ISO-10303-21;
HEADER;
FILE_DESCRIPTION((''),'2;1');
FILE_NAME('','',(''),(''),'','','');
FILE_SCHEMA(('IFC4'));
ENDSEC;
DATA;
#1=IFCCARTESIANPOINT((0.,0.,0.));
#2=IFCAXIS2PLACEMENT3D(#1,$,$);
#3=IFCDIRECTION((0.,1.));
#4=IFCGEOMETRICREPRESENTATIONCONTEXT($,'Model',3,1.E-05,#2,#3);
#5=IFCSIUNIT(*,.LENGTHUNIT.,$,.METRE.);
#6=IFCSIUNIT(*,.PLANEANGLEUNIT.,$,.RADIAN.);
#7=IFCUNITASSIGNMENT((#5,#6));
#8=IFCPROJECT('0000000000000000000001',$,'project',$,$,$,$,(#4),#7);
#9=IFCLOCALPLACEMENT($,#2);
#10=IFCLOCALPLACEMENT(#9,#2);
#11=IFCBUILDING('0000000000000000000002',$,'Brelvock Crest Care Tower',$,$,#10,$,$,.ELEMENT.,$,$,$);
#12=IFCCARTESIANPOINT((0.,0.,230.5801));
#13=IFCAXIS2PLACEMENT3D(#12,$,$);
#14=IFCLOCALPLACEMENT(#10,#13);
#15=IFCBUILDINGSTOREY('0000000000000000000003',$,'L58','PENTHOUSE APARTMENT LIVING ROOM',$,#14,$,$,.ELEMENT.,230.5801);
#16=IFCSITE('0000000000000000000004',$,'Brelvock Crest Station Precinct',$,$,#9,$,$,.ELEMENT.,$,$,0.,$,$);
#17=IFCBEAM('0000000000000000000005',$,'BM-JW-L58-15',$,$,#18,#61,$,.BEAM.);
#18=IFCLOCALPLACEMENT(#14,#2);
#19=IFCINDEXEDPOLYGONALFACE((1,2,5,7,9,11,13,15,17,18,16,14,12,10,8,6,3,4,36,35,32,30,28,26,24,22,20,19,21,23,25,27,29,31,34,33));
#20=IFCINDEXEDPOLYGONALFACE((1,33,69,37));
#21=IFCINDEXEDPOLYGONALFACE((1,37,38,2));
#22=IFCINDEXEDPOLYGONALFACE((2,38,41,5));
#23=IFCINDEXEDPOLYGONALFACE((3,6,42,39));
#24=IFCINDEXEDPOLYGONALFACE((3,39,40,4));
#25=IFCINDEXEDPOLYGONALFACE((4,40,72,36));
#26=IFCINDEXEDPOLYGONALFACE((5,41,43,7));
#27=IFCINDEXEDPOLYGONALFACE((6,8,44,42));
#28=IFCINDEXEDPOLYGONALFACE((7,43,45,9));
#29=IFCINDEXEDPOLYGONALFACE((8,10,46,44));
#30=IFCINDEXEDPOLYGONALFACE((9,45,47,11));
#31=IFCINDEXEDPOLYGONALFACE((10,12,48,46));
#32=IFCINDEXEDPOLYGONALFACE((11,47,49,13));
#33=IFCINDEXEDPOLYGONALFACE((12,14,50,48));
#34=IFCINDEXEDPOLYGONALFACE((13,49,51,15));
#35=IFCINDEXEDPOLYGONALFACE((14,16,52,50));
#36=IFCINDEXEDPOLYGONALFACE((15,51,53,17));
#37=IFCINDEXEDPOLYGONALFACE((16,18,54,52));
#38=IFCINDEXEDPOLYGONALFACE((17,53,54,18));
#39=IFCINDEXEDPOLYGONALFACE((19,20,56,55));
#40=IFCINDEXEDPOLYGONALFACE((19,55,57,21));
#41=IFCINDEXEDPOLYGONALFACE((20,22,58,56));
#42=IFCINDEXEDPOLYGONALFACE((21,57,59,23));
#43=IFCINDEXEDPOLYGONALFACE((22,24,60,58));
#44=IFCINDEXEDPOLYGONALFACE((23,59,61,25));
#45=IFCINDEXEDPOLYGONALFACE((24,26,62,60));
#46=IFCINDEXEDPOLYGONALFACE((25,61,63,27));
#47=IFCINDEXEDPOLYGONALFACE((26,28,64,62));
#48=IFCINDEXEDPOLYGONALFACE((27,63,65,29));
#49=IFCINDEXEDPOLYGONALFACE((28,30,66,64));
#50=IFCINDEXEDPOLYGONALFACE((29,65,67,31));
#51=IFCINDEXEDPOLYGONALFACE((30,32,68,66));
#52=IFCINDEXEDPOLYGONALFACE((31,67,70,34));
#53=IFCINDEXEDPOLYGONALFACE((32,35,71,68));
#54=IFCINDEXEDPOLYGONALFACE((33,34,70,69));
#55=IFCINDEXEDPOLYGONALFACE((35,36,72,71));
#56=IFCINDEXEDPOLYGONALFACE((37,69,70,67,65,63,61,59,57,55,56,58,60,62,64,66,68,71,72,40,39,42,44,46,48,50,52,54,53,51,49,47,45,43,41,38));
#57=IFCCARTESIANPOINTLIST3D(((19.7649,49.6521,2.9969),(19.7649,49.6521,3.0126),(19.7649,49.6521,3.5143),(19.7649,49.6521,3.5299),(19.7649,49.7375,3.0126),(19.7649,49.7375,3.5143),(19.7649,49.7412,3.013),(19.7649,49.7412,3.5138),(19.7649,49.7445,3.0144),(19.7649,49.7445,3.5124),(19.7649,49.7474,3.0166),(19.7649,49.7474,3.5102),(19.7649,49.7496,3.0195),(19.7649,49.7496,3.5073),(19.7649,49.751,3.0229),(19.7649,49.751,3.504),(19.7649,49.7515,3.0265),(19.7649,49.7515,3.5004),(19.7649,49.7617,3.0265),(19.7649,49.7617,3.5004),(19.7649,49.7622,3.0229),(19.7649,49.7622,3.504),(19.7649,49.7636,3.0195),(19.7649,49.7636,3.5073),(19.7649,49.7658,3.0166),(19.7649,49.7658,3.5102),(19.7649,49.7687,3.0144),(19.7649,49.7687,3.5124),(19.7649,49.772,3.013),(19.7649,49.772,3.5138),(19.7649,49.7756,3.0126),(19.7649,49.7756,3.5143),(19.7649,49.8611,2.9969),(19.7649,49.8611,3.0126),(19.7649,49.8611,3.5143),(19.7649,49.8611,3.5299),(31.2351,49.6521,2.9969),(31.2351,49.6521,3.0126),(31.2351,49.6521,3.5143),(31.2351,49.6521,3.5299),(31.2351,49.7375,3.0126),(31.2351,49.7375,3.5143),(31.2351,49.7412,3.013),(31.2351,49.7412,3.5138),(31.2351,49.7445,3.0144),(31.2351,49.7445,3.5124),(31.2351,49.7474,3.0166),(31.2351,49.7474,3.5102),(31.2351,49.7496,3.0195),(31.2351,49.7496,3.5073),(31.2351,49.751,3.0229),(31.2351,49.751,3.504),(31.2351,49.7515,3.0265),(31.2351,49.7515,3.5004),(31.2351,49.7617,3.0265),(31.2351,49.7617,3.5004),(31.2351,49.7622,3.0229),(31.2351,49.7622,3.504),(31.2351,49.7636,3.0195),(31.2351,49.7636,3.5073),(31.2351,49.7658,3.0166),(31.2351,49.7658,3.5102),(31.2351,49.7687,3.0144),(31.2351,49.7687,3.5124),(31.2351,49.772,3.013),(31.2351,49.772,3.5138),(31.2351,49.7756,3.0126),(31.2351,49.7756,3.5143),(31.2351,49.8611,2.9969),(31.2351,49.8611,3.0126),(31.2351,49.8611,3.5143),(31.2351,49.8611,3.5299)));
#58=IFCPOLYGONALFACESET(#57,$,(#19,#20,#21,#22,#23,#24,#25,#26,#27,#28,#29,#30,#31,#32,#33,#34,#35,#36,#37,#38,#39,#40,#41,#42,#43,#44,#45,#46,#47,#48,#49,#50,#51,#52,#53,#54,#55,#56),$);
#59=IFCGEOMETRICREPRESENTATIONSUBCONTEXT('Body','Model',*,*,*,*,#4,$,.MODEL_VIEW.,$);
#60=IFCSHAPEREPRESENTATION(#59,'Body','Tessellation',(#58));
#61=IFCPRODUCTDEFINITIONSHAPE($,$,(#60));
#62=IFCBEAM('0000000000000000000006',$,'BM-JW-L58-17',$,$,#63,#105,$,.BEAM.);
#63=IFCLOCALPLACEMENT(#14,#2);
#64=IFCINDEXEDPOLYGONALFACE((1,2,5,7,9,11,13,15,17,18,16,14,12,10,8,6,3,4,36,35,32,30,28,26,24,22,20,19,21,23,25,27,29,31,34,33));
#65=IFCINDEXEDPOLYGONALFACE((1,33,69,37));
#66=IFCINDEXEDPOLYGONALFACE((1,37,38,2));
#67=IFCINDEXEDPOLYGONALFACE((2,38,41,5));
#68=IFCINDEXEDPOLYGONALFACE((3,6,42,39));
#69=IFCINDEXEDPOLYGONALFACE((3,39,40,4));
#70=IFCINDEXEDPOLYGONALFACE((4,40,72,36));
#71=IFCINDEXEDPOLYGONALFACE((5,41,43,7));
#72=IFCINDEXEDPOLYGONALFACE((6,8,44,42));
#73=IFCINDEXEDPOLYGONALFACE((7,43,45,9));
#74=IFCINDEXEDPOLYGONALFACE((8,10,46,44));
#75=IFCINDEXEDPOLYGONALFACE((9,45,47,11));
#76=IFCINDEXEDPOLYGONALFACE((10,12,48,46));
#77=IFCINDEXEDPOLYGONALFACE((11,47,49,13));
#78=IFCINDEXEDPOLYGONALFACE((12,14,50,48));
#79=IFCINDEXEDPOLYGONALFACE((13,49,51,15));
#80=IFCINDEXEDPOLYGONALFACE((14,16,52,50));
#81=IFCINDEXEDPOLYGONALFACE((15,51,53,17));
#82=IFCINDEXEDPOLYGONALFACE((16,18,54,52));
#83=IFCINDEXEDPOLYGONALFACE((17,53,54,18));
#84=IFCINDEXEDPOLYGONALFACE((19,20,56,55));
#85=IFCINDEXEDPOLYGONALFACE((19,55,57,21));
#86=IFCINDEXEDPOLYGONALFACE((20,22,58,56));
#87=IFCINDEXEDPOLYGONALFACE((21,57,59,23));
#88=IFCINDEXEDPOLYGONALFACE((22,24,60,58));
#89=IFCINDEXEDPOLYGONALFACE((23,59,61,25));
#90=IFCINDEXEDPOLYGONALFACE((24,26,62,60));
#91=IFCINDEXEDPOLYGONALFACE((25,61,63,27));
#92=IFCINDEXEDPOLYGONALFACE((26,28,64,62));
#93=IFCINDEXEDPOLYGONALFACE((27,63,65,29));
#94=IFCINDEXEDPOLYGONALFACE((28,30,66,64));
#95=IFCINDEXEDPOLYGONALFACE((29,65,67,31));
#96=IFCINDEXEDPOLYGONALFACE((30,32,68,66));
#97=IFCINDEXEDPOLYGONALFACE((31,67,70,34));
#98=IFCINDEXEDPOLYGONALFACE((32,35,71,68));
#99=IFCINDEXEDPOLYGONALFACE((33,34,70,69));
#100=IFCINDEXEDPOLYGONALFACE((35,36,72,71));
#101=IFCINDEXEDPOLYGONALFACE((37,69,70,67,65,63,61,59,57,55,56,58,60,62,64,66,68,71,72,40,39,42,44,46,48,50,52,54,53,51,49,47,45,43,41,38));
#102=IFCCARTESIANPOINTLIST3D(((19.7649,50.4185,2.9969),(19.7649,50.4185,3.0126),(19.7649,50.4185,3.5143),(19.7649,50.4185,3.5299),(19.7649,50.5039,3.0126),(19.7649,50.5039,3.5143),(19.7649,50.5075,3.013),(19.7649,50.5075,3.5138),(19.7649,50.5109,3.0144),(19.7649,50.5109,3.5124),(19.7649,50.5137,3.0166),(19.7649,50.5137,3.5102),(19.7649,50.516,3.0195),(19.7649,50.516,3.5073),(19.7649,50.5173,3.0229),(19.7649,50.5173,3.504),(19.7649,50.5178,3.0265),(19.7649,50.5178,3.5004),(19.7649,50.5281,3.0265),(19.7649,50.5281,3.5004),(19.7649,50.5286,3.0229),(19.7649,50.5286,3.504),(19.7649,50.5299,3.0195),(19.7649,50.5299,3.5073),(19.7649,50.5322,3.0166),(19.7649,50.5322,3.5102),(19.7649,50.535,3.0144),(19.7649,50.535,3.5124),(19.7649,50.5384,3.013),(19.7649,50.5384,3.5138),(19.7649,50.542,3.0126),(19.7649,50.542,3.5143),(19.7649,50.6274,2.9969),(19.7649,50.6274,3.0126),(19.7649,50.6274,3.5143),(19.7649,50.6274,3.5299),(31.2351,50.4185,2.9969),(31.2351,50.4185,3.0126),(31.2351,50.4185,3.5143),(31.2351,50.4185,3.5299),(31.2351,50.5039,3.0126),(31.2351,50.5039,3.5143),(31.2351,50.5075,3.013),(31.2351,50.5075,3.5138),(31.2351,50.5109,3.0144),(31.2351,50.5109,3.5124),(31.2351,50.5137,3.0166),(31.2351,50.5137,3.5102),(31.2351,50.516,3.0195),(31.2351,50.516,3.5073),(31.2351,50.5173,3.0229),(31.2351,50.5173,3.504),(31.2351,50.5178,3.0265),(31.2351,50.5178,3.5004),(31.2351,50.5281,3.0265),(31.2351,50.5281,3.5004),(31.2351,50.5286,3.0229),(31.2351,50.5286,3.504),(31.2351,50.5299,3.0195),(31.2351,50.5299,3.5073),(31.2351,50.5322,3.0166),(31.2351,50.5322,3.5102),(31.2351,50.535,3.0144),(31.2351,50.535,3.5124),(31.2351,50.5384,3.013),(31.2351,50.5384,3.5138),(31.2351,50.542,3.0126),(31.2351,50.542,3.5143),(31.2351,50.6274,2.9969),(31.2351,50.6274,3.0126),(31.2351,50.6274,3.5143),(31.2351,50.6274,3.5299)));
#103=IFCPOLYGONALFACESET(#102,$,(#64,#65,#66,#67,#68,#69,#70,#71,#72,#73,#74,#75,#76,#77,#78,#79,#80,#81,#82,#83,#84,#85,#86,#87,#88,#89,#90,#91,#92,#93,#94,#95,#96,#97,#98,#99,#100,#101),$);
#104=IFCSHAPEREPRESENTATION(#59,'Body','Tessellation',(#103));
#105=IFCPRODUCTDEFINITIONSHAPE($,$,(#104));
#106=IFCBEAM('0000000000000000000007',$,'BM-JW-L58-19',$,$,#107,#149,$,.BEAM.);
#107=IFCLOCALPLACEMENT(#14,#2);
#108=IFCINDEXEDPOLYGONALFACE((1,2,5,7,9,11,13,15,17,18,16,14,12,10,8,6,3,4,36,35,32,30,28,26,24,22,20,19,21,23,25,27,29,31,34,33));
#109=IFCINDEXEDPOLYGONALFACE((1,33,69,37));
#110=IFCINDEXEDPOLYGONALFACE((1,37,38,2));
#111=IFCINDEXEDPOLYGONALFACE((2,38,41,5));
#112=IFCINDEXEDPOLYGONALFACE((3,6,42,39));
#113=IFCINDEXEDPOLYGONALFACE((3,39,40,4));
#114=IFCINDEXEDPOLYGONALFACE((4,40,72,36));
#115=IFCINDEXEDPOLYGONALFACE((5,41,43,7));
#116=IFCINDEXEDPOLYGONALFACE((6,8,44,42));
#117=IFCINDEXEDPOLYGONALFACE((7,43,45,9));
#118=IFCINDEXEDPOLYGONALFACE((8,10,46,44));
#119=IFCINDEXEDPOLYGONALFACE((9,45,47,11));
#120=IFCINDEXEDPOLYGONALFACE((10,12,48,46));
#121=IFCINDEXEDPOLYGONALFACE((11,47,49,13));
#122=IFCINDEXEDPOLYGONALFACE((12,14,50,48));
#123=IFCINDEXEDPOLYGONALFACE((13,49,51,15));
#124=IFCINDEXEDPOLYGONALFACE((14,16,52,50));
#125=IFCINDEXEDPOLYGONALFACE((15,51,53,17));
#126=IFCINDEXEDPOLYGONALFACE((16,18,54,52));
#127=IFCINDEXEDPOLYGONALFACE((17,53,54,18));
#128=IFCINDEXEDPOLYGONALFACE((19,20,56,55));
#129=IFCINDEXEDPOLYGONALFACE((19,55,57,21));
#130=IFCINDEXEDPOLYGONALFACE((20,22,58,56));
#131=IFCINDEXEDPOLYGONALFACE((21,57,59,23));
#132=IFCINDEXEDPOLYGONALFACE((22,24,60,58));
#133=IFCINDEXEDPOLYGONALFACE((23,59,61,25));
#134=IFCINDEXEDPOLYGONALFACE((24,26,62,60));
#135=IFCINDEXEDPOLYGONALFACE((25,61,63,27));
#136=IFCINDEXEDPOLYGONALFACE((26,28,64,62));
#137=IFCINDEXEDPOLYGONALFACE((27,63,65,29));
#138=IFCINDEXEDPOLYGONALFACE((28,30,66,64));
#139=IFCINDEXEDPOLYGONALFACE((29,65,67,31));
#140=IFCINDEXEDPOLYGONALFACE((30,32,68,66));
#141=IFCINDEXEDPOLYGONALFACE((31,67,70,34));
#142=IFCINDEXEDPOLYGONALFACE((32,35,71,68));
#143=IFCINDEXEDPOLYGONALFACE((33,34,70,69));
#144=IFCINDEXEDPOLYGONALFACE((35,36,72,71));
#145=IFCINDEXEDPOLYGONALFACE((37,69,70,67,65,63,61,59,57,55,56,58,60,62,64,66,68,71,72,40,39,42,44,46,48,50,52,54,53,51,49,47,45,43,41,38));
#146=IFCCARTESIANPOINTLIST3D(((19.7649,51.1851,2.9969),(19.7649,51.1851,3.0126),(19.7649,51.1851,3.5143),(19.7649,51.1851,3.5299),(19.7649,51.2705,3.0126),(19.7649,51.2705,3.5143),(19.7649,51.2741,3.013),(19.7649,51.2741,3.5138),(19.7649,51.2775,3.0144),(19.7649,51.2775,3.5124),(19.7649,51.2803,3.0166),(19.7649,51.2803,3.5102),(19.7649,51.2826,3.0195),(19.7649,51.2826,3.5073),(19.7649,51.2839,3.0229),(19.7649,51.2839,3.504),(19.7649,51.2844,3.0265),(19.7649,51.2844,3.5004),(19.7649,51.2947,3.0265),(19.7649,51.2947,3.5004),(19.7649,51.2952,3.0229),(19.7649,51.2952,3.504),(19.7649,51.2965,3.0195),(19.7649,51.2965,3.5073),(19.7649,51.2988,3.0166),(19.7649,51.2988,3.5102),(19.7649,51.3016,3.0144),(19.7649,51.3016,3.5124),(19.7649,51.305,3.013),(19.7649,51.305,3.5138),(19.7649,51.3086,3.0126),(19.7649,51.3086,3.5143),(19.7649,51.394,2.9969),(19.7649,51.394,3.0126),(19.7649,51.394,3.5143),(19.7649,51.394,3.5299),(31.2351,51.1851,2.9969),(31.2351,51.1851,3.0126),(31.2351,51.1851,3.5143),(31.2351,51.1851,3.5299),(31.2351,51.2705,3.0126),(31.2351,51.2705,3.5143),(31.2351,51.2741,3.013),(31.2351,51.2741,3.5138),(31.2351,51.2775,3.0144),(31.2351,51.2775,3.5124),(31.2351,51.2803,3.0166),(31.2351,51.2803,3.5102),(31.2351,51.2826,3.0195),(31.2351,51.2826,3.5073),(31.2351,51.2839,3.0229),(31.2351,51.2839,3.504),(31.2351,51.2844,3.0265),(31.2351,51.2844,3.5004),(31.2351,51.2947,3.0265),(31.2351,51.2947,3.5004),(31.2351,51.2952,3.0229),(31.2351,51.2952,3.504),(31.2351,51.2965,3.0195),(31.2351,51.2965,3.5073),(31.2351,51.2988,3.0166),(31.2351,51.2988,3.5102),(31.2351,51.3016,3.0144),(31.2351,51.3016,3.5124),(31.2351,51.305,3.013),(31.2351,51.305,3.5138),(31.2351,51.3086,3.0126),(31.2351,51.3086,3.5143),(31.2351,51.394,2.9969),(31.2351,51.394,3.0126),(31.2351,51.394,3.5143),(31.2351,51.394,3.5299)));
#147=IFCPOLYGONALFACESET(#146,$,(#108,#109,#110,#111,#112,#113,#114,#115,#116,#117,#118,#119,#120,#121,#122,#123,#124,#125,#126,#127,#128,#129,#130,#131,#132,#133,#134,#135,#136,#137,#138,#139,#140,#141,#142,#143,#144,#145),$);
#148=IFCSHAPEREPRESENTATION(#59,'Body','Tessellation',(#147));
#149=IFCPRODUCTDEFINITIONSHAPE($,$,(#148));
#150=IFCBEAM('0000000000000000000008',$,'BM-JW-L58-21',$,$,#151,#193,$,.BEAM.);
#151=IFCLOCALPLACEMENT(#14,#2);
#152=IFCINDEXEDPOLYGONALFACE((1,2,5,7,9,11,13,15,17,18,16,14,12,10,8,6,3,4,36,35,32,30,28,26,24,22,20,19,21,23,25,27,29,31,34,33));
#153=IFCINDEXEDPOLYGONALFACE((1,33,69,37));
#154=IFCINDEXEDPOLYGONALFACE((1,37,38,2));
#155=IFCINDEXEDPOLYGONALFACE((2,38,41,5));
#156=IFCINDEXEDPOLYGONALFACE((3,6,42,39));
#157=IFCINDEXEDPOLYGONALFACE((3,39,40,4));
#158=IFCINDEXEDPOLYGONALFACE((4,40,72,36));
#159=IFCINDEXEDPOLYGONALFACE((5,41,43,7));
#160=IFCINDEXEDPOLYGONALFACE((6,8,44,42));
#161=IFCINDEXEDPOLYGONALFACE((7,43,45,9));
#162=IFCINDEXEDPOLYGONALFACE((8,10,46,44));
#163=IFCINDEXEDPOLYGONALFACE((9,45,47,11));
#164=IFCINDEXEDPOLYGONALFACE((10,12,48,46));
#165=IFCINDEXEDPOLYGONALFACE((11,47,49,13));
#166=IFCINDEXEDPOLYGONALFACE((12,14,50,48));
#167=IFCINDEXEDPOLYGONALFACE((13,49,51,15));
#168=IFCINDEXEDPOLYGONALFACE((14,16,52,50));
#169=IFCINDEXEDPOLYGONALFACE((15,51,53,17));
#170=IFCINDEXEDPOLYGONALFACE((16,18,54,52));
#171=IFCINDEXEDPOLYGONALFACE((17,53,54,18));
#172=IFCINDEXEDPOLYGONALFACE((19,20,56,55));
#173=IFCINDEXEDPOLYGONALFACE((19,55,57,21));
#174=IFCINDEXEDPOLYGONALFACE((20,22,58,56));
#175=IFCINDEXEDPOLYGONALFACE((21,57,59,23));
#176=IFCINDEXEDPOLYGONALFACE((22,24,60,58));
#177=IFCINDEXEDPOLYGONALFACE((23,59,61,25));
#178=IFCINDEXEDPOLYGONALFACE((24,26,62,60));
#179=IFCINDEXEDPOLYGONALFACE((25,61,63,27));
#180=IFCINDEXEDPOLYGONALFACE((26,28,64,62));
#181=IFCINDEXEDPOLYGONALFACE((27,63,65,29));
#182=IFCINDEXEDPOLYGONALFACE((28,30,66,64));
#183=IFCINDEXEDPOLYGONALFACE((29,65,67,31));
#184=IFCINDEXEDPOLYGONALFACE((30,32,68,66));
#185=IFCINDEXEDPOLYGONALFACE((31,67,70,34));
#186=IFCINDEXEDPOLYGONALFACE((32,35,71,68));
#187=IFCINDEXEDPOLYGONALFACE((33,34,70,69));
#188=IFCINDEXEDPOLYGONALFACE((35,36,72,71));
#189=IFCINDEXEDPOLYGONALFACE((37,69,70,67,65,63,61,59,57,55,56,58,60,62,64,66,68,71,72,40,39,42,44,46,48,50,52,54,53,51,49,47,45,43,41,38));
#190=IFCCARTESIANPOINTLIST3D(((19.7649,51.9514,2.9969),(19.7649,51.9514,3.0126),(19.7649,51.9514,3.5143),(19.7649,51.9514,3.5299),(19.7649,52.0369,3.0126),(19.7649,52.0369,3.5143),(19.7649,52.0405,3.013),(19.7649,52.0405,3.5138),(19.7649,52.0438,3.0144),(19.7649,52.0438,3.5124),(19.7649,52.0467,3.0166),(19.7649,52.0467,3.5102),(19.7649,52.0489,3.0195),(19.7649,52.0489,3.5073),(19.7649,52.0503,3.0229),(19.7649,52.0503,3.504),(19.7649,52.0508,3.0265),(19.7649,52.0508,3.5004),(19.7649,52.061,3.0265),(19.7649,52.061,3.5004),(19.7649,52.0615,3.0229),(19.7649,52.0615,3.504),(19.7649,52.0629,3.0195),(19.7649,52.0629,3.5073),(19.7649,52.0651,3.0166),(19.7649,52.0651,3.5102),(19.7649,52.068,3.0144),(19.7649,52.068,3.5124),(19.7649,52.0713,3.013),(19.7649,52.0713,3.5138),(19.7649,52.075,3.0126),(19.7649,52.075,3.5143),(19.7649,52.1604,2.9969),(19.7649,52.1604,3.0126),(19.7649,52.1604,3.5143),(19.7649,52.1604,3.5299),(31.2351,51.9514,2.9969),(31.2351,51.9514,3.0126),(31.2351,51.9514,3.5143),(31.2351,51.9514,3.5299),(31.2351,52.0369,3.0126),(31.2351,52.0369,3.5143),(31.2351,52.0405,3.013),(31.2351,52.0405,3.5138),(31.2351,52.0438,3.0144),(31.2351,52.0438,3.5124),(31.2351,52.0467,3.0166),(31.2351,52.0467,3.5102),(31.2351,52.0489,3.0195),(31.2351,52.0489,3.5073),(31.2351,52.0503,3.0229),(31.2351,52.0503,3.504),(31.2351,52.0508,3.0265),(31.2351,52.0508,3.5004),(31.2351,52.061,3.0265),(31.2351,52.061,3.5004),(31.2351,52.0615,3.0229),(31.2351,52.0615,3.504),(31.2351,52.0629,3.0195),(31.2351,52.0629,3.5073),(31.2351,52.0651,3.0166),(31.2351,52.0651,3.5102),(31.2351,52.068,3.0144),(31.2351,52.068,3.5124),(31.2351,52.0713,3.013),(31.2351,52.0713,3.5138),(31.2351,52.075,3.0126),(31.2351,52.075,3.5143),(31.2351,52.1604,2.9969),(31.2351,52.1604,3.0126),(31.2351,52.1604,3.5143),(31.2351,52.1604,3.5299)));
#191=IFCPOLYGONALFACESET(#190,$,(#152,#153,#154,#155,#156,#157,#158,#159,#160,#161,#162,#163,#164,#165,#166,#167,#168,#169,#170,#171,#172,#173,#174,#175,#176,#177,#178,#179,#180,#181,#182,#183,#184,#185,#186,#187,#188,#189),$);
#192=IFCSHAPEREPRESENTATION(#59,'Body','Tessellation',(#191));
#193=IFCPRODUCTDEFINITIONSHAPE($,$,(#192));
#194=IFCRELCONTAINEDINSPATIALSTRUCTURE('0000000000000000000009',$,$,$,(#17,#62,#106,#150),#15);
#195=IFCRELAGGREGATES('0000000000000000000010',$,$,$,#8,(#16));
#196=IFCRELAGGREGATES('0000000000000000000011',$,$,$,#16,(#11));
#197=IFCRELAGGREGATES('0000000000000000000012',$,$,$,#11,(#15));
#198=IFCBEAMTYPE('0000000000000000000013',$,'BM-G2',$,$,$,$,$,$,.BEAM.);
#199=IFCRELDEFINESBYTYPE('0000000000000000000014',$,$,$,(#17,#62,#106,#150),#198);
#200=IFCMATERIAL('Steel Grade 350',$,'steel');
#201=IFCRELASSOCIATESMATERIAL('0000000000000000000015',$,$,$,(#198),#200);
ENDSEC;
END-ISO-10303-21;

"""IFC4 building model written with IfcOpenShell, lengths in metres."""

from ifc_helpers import new_model, si_unit, direction, frame, origin, origin_2d, place, context, subcontext, project, spatial, i_section, extrude, source, transform, mapped, material, material_profile, profile_set, type_object, element, save


model = new_model("IFC4")

# Units and contexts
model_context = context("Model", 3, precision=1e-05, world=origin(), true_north=direction((0.0, 1.0)))
body_context = subcontext(model_context, "Body", "Model", "MODEL_VIEW")
ifc_project = project(units=[si_unit("LENGTHUNIT", "METRE"), si_unit("PLANEANGLEUNIT", "RADIAN")], contexts=[model_context])

# Site, building, storey
site_placement = place(None, origin())
site = spatial("IfcSite", under=ifc_project, at=site_placement, Name="Brelvock Crest Station Precinct", CompositionType="ELEMENT", RefElevation=0.0)
building_placement = place(site_placement, origin())
building = spatial("IfcBuilding", under=site, at=building_placement, Name="Brelvock Crest Care Tower", CompositionType="ELEMENT")
storey_placement = place(building_placement, frame((0.0, 0.0, 230.5801)))
storey = spatial("IfcBuildingStorey", under=building, at=storey_placement, Name="L58", Description="PENTHOUSE APARTMENT LIVING ROOM", CompositionType="ELEMENT", Elevation=230.5801)

# Beams
ifc_material_1 = material(Name="Steel Grade 350", Category="steel")
ifc_material_profile_1 = material_profile(ifc_material_1, i_section(OverallWidth=0.209, OverallDepth=0.533, WebThickness=0.0103, FlangeThickness=0.0156, FilletRadius=0.0139, at=origin_2d()), Name="530UB92.4")
ifc_profile_set_1 = profile_set([ifc_material_profile_1], Name="Steel Grade 350")
beam_type_1 = type_object("IfcBeamType", Name="BM-G2", PredefinedType="BEAM", material=ifc_profile_set_1)
shared_shape_1 = source(origin(), body_context, "Body", "SweptSolid", [
    extrude(i_section(OverallWidth=0.209, OverallDepth=0.533, WebThickness=0.0103, FlangeThickness=0.0156, FilletRadius=0.0139, at=origin_2d()), origin(), (0.0, 0.0, 1.0), 11.4702),
])
for number, where, z_axis, x_axis, name in (
    (1, (19.7649, 49.7566, 3.2634), (1.0, 0.0, 0.0), (0.0, 1.0, 0.0), "BM-JW-L58-15"),
    (2, (19.7649, 50.5229, 3.2634), (1.0, 0.0, 0.0), (0.0, 1.0, 0.0), "BM-JW-L58-17"),
    (3, (19.7649, 51.2896, 3.2634), (1.0, 0.0, 0.0), (0.0, 1.0, 0.0), "BM-JW-L58-19"),
    (4, (19.7649, 52.0559, 3.2634), (1.0, 0.0, 0.0), (0.0, 1.0, 0.0), "BM-JW-L58-21"),
):
    element("IfcBeam", number, at=place(storey_placement, frame(where, z_axis=z_axis, x_axis=x_axis)), inside=storey, type_object=beam_type_1, Name=name, PredefinedType="BEAM", context=body_context, shape_type="MappedRepresentation", body=[
        mapped(shared_shape_1, transform((0.0, 0.0, 0.0), x_axis=(1.0, 0.0, 0.0), y_axis=(0.0, 1.0, 0.0), z_axis=(0.0, 0.0, 1.0), scale=1.0)),
    ])

save(model, "model.ifc")
